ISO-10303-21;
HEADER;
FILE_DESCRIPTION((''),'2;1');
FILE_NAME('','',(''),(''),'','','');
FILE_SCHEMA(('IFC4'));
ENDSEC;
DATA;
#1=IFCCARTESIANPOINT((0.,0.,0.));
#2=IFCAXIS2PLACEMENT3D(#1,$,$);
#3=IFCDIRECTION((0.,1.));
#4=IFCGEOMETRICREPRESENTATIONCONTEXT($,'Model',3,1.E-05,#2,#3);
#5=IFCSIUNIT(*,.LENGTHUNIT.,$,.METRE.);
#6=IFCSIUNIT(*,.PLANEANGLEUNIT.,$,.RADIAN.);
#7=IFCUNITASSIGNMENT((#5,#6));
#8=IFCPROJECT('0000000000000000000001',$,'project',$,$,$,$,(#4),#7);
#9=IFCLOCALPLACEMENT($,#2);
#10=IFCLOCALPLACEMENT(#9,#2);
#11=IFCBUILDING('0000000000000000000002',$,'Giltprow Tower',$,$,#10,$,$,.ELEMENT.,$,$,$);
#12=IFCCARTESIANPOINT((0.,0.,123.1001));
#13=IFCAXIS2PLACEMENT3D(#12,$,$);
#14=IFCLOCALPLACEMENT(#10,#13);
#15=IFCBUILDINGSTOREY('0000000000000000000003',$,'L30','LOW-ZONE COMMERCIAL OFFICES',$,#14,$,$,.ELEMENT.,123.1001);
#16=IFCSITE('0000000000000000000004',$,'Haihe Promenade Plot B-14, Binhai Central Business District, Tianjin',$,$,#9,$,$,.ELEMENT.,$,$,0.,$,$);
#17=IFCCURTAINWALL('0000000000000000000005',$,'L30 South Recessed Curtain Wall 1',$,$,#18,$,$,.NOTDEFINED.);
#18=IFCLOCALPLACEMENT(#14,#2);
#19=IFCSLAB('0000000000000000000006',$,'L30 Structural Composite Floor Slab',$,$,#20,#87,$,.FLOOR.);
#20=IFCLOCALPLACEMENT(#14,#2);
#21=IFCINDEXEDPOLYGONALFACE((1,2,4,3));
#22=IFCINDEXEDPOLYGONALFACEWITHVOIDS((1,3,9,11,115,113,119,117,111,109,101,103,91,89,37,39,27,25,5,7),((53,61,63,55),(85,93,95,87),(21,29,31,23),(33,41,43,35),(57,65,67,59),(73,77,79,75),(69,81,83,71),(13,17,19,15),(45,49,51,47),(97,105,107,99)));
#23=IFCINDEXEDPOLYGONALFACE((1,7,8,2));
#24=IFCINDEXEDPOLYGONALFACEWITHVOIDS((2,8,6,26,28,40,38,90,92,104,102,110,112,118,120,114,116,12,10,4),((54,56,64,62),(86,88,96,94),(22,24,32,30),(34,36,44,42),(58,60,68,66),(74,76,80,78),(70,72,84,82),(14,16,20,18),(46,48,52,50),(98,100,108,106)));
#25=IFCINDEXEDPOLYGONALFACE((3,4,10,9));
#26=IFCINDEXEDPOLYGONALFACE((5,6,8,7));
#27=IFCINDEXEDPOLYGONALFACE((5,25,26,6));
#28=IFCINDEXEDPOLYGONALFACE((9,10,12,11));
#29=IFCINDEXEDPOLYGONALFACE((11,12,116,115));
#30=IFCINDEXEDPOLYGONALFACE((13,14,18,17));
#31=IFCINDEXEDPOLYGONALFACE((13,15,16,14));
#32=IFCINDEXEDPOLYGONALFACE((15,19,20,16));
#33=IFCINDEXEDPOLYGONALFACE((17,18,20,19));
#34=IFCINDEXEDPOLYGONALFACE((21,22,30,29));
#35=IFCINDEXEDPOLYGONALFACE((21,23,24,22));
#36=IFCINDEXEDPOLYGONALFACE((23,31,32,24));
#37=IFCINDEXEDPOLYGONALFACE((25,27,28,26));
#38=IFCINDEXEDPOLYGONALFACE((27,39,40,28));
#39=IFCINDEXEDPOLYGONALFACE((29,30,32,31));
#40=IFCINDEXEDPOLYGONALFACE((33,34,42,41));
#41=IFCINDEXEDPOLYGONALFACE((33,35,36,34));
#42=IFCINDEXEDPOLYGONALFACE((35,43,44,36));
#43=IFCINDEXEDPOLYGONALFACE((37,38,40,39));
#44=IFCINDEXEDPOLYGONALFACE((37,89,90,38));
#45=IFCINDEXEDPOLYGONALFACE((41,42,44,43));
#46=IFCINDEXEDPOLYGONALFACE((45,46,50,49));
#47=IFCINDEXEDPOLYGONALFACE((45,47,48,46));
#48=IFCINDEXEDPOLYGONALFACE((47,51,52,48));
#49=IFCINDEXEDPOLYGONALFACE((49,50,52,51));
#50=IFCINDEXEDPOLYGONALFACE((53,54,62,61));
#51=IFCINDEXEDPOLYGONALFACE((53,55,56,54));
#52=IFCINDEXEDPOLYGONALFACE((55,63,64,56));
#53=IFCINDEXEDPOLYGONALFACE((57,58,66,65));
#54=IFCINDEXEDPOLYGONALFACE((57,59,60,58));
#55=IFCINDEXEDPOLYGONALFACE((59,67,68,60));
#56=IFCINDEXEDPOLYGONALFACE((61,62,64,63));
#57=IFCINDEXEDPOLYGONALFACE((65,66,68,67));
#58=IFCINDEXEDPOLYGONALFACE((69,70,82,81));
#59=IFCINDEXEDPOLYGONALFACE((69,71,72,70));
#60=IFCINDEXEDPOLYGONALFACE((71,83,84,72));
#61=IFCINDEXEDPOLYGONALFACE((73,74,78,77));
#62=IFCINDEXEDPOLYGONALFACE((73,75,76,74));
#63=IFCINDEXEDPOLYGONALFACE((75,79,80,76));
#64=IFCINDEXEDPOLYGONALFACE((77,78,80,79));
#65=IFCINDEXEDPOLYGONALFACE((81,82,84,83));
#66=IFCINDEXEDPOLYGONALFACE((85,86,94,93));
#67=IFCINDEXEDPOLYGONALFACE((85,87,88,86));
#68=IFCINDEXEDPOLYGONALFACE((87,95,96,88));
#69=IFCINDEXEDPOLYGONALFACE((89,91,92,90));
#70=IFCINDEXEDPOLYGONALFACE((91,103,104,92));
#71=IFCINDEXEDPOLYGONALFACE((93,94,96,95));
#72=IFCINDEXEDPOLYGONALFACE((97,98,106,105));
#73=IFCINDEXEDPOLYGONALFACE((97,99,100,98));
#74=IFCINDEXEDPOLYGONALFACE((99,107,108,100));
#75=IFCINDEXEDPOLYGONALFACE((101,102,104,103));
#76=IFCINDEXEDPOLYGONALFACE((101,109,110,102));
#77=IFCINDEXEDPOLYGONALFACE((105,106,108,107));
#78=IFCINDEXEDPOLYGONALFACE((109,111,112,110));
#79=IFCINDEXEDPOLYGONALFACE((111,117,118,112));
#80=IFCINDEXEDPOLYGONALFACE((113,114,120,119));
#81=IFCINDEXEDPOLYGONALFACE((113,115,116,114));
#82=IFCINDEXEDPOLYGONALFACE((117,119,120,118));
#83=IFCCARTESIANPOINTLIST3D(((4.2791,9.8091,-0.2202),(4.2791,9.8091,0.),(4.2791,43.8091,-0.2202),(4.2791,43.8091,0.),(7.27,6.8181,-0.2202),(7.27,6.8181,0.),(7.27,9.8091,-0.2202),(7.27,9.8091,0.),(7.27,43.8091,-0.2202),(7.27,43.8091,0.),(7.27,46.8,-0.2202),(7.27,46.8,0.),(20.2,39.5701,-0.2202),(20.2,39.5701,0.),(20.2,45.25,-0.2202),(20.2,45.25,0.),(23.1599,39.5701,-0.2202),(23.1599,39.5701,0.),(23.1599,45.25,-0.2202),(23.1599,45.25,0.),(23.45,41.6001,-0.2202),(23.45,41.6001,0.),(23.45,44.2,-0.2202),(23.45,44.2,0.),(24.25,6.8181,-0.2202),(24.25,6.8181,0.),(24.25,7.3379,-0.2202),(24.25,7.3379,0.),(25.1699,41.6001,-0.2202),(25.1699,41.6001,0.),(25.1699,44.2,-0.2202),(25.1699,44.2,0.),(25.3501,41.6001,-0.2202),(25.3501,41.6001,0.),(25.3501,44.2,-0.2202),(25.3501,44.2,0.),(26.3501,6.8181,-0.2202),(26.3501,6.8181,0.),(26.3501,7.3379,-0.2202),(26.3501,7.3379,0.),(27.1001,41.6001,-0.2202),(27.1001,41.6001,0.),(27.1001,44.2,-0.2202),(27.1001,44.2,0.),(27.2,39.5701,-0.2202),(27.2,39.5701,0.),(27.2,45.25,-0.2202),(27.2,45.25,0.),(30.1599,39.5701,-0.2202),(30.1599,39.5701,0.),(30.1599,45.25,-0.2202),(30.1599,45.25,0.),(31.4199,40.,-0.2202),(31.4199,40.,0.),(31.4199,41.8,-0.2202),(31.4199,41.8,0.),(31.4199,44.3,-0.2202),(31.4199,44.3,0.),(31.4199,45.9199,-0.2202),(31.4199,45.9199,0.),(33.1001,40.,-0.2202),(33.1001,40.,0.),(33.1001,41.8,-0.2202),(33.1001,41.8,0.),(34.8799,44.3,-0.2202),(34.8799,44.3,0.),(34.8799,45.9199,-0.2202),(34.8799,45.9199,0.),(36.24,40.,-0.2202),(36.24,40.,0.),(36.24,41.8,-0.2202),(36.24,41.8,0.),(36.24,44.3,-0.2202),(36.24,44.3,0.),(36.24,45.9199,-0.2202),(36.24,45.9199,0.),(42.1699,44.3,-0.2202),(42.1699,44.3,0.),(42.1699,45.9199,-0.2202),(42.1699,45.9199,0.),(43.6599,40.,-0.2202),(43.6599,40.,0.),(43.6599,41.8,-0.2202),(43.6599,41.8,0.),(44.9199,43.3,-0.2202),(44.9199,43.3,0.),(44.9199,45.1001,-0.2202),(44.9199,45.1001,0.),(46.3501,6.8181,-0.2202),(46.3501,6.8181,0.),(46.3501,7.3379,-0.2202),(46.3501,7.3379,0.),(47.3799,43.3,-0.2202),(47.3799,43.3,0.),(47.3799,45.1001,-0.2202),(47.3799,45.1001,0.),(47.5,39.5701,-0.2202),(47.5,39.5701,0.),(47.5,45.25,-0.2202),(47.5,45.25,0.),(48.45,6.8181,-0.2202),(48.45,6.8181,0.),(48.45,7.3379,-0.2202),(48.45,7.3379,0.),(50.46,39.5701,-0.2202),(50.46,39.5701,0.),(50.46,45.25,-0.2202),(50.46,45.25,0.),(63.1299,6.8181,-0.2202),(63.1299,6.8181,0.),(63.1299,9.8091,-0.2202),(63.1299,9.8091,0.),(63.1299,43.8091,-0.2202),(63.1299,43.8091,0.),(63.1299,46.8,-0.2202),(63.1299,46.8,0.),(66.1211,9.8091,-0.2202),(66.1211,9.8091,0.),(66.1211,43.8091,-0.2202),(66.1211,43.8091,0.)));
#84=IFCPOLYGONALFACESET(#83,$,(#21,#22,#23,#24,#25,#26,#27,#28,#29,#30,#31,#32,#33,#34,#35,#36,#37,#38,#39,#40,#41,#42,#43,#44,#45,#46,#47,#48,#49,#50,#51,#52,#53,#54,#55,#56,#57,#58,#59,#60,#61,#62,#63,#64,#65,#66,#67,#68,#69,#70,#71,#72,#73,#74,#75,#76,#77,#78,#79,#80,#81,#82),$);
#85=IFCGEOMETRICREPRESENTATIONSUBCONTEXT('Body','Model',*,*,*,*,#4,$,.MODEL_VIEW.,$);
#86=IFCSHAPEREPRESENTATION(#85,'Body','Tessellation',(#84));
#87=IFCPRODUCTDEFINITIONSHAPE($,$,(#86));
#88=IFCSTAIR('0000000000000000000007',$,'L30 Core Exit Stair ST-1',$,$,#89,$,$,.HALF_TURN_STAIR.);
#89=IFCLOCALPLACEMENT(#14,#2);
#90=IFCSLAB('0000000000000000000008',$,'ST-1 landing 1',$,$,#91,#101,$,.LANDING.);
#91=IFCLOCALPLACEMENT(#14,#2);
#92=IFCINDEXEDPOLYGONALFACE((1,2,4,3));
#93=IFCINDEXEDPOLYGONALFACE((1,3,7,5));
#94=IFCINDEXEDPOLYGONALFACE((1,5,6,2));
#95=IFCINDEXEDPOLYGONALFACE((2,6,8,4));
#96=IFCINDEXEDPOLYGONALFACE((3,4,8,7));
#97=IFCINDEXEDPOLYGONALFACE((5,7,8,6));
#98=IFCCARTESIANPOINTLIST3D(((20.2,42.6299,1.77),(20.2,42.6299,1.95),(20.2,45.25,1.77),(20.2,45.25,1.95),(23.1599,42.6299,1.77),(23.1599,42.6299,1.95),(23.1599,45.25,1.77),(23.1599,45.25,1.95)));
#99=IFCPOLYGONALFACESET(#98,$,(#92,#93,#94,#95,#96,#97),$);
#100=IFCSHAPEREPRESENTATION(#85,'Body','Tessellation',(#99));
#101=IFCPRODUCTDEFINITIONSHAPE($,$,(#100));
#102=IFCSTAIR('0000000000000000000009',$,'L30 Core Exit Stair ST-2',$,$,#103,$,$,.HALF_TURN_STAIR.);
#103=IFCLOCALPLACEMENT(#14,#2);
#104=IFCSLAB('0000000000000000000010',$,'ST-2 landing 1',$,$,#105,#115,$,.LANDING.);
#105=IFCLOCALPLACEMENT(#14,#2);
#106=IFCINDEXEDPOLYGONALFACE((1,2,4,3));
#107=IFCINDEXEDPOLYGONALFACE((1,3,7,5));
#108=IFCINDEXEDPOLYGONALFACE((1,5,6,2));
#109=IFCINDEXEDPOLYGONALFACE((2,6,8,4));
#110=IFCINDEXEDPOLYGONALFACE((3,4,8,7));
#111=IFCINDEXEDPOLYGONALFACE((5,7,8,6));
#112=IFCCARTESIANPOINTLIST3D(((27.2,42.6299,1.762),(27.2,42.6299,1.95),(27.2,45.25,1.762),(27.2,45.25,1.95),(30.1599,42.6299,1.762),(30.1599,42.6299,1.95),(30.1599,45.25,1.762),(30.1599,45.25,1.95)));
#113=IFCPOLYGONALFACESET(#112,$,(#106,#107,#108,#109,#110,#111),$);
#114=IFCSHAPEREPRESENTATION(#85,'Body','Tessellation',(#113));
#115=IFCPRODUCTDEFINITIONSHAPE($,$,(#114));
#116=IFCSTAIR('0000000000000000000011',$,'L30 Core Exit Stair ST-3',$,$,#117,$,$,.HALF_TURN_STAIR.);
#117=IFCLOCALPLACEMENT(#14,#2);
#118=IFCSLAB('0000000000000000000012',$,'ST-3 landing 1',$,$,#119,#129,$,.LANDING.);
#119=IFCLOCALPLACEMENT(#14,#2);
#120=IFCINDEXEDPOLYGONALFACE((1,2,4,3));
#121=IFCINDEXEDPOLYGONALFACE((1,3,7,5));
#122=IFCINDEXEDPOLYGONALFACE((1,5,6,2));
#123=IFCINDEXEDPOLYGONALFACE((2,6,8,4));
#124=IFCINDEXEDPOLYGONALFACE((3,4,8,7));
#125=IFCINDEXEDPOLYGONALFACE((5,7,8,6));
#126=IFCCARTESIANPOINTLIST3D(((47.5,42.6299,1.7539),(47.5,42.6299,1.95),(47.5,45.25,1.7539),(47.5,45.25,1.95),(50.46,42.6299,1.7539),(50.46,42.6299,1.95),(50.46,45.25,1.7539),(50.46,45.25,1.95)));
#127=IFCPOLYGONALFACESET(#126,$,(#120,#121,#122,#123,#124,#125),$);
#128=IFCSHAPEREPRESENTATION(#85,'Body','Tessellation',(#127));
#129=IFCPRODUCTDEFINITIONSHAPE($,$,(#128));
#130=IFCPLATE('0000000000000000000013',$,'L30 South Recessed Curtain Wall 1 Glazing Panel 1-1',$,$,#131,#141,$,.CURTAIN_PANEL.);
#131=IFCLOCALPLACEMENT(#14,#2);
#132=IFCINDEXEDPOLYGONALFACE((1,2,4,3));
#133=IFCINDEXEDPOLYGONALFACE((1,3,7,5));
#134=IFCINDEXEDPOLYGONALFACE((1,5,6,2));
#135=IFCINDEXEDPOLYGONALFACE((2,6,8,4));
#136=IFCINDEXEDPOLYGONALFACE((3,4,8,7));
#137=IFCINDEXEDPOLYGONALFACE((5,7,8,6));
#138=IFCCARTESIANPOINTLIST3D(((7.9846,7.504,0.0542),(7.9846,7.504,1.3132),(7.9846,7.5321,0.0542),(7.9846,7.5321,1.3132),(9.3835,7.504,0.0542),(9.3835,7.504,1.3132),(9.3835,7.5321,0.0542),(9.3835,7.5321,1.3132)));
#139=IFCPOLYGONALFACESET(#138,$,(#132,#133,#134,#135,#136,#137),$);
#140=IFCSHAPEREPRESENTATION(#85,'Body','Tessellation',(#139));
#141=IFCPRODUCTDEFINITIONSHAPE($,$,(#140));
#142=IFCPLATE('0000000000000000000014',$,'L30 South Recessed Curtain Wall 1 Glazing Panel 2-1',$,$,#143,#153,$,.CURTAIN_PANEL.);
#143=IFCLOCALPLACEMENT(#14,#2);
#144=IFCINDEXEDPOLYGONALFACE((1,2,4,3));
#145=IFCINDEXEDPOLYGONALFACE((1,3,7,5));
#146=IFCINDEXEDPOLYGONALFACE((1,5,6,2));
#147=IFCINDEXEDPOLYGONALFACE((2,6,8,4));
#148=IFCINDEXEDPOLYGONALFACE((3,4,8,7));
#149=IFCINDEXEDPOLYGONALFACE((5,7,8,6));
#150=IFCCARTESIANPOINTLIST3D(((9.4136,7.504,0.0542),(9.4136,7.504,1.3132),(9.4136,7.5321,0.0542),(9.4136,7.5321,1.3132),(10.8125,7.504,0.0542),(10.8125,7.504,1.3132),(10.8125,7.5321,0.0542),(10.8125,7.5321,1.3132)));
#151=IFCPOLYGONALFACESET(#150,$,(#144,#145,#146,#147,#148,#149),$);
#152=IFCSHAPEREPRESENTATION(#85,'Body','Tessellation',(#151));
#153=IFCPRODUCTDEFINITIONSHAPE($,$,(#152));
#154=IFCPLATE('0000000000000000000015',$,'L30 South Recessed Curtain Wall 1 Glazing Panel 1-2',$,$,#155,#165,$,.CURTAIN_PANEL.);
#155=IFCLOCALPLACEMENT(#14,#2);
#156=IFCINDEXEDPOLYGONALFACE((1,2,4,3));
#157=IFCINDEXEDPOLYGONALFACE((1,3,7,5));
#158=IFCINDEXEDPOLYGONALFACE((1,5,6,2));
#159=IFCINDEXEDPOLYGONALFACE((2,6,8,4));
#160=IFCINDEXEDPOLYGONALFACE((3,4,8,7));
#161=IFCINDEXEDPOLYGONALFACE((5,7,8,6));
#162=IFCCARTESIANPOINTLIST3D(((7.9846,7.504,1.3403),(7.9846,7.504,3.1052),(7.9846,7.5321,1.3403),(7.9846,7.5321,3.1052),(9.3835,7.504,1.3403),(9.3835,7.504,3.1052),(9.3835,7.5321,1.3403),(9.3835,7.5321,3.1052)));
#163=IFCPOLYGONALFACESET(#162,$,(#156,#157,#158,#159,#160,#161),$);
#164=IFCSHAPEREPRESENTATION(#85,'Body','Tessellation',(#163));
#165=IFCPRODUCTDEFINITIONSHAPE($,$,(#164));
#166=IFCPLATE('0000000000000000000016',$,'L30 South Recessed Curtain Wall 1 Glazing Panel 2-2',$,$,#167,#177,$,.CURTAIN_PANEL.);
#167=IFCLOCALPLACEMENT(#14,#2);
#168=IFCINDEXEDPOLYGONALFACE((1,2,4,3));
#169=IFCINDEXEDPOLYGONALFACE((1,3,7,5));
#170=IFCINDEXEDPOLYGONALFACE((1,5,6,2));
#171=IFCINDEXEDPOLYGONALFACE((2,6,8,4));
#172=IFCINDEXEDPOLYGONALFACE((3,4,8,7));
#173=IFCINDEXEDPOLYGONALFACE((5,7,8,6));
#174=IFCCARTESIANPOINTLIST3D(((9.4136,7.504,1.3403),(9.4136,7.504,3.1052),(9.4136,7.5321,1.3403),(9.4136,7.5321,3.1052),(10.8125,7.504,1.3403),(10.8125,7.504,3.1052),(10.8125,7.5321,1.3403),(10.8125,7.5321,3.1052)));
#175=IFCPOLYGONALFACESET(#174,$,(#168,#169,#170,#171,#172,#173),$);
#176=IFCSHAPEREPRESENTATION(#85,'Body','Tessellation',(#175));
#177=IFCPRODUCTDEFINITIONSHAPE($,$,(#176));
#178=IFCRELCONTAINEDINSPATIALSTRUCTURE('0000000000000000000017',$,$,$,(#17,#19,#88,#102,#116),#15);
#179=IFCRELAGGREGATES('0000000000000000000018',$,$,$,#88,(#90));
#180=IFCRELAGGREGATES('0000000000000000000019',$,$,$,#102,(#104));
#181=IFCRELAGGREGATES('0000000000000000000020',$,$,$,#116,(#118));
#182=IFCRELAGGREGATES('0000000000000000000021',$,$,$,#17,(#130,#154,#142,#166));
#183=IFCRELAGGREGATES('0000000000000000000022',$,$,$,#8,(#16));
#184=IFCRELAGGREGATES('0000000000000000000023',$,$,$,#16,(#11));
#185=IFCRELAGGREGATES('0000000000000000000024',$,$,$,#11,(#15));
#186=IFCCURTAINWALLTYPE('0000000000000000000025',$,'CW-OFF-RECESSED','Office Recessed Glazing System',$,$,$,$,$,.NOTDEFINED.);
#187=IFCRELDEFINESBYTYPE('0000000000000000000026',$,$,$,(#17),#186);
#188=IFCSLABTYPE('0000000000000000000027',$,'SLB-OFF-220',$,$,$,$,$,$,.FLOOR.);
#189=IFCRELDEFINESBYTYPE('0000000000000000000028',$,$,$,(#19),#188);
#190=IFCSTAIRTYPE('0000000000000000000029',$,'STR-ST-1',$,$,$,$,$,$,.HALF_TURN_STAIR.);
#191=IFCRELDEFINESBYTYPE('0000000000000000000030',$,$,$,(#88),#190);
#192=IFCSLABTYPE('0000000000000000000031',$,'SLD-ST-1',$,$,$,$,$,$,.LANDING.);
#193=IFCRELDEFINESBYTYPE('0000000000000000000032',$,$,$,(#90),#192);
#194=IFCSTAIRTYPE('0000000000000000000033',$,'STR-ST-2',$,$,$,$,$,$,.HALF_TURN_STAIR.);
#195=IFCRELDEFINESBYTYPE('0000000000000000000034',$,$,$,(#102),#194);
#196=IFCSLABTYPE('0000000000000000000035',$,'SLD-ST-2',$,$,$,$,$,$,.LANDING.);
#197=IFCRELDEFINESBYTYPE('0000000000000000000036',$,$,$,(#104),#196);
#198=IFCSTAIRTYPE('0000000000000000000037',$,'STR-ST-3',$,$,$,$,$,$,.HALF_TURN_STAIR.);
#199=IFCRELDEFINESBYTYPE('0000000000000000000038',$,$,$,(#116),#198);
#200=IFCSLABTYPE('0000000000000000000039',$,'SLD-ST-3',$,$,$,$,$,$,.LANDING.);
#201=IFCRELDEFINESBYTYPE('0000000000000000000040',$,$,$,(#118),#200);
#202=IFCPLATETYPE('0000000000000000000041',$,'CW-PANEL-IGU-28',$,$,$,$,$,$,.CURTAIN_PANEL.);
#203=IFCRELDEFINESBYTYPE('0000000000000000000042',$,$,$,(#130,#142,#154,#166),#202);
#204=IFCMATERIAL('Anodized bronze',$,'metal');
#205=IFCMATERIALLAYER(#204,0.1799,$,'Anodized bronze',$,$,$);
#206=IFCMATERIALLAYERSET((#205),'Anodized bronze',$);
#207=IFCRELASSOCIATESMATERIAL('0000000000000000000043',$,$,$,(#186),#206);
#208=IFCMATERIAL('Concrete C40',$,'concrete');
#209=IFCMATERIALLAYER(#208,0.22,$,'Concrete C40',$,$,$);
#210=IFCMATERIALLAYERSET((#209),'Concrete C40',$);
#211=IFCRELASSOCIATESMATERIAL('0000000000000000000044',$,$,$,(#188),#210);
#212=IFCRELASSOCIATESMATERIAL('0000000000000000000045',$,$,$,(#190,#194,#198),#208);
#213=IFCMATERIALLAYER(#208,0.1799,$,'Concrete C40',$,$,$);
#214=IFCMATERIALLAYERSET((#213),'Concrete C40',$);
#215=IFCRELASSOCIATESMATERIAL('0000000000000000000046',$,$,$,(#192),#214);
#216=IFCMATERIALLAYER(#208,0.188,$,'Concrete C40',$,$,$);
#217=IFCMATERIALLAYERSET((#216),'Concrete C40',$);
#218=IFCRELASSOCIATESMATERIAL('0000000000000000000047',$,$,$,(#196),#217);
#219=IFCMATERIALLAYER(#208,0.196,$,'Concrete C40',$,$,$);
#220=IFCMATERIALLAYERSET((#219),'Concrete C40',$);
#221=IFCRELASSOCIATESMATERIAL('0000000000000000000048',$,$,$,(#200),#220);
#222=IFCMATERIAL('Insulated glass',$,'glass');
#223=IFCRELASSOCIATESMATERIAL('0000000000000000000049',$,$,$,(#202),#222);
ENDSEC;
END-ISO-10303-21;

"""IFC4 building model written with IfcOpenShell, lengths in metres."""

from ifc_helpers import new_model, si_unit, direction, frame, origin, origin_2d, place, context, subcontext, project, spatial, polyline, rectangle, outline, extrude, source, transform, mapped, material, layer, layer_set, type_object, element, aggregate, save


model = new_model("IFC4")

# Units and contexts
model_context = context("Model", 3, precision=1e-05, world=origin(), true_north=direction((0.0, 1.0)))
body_context = subcontext(model_context, "Body", "Model", "MODEL_VIEW")
ifc_project = project(units=[si_unit("LENGTHUNIT", "METRE"), si_unit("PLANEANGLEUNIT", "RADIAN")], contexts=[model_context])

# Site, building, storey
site_placement = place(None, origin())
site = spatial("IfcSite", under=ifc_project, at=site_placement, Name="Haihe Promenade Plot B-14, Binhai Central Business District, Tianjin", CompositionType="ELEMENT", RefElevation=0.0)
building_placement = place(site_placement, origin())
building = spatial("IfcBuilding", under=site, at=building_placement, Name="Giltprow Tower", CompositionType="ELEMENT")
storey_placement = place(building_placement, frame((0.0, 0.0, 123.1001)))
storey = spatial("IfcBuildingStorey", under=building, at=storey_placement, Name="L30", Description="LOW-ZONE COMMERCIAL OFFICES", CompositionType="ELEMENT", Elevation=123.1001)

# Curtain wall
ifc_material_1 = material(Name="Anodized bronze", Category="metal")
ifc_layer_1 = layer(ifc_material_1, 0.1799, Name="Anodized bronze")
ifc_layer_set_1 = layer_set([ifc_layer_1], Name="Anodized bronze")
curtain_wall_type = type_object("IfcCurtainWallType", Name="CW-OFF-RECESSED", Description="Office Recessed Glazing System", PredefinedType="NOTDEFINED", material=ifc_layer_set_1)
curtain_wall_placement = place(storey_placement, origin())
curtain_wall = element("IfcCurtainWall", 1, at=curtain_wall_placement, inside=storey, type_object=curtain_wall_type, Name="L30 South Recessed Curtain Wall 1", PredefinedType="NOTDEFINED")

# Slab
ifc_material_2 = material(Name="Concrete C40", Category="concrete")
ifc_layer_2 = layer(ifc_material_2, 0.22, Name="Concrete C40")
ifc_layer_set_2 = layer_set([ifc_layer_2], Name="Concrete C40")
slab_type_1 = type_object("IfcSlabType", Name="SLB-OFF-220", PredefinedType="FLOOR", material=ifc_layer_set_2)
slab_1_placement = place(storey_placement, frame((0.0, 0.0, -0.2202)))
element("IfcSlab", 2, at=slab_1_placement, inside=storey, type_object=slab_type_1, Name="L30 Structural Composite Floor Slab", PredefinedType="FLOOR", context=body_context, shape_type="SweptSolid", body=[
    extrude(outline(polyline([(7.27, 6.8181), (7.27, 9.8091), (4.2791, 9.8091), (4.2791, 43.8091), (7.27, 43.8091), (7.27, 46.8), (63.1299, 46.8), (63.1299, 43.8091), (66.1211, 43.8091), (66.1211, 9.8091), (63.1299, 9.8091), (63.1299, 6.8181), (48.45, 6.8181), (48.45, 7.3379), (46.3501, 7.3379), (46.3501, 6.8181), (26.3501, 6.8181), (26.3501, 7.3379), (24.25, 7.3379), (24.25, 6.8181), (7.27, 6.8181)]), holes=[polyline([(33.1001, 41.8), (31.4199, 41.8), (31.4199, 40.0), (33.1001, 40.0), (33.1001, 41.8)]), polyline([(23.1599, 39.5701), (23.1599, 45.25), (20.2, 45.25), (20.2, 39.5701), (23.1599, 39.5701)]), polyline([(30.1599, 45.25), (27.2, 45.25), (27.2, 39.5701), (30.1599, 39.5701), (30.1599, 45.25)]), polyline([(25.1699, 41.6001), (25.1699, 44.2), (23.45, 44.2), (23.45, 41.6001), (25.1699, 41.6001)]), polyline([(27.1001, 41.6001), (27.1001, 44.2), (25.3501, 44.2), (25.3501, 41.6001), (27.1001, 41.6001)]), polyline([(43.6599, 40.0), (43.6599, 41.8), (36.24, 41.8), (36.24, 40.0), (43.6599, 40.0)]), polyline([(50.46, 39.5701), (50.46, 45.25), (47.5, 45.25), (47.5, 39.5701), (50.46, 39.5701)]), polyline([(47.3799, 45.1001), (44.9199, 45.1001), (44.9199, 43.3), (47.3799, 43.3), (47.3799, 45.1001)]), polyline([(34.8799, 44.3), (34.8799, 45.9199), (31.4199, 45.9199), (31.4199, 44.3), (34.8799, 44.3)]), polyline([(42.1699, 44.3), (42.1699, 45.9199), (36.24, 45.9199), (36.24, 44.3), (42.1699, 44.3)])]), origin(), (0.0, 0.0, 1.0), 0.2202),
])

# Stairs, slabs
stair_type_1 = type_object("IfcStairType", Name="STR-ST-1", PredefinedType="HALF_TURN_STAIR", material=ifc_material_2)
stair_1_placement = place(storey_placement, origin())
stair_1 = element("IfcStair", 3, at=stair_1_placement, inside=storey, type_object=stair_type_1, Name="L30 Core Exit Stair ST-1", PredefinedType="HALF_TURN_STAIR")
ifc_layer_3 = layer(ifc_material_2, 0.1799, Name="Concrete C40")
ifc_layer_set_3 = layer_set([ifc_layer_3], Name="Concrete C40")
slab_type_2 = type_object("IfcSlabType", Name="SLD-ST-1", PredefinedType="LANDING", material=ifc_layer_set_3)
slab_2_placement = place(storey_placement, frame((0.0, 0.0, 1.77)))
slab_2 = element("IfcSlab", 4, at=slab_2_placement, type_object=slab_type_2, Name="ST-1 landing 1", PredefinedType="LANDING", context=body_context, shape_type="SweptSolid", body=[
    extrude(outline(polyline([(23.1599, 42.6299), (23.1599, 45.25), (20.2, 45.25), (20.2, 42.6299), (23.1599, 42.6299)])), origin(), (0.0, 0.0, 1.0), 0.1799),
])
aggregate(stair_1, [slab_2])
stair_type_2 = type_object("IfcStairType", Name="STR-ST-2", PredefinedType="HALF_TURN_STAIR", material=ifc_material_2)
stair_2_placement = place(storey_placement, origin())
stair_2 = element("IfcStair", 5, at=stair_2_placement, inside=storey, type_object=stair_type_2, Name="L30 Core Exit Stair ST-2", PredefinedType="HALF_TURN_STAIR")
ifc_layer_4 = layer(ifc_material_2, 0.188, Name="Concrete C40")
ifc_layer_set_4 = layer_set([ifc_layer_4], Name="Concrete C40")
slab_type_3 = type_object("IfcSlabType", Name="SLD-ST-2", PredefinedType="LANDING", material=ifc_layer_set_4)
slab_3_placement = place(storey_placement, frame((0.0, 0.0, 1.762)))
slab_3 = element("IfcSlab", 6, at=slab_3_placement, type_object=slab_type_3, Name="ST-2 landing 1", PredefinedType="LANDING", context=body_context, shape_type="SweptSolid", body=[
    extrude(outline(polyline([(30.1599, 42.6299), (30.1599, 45.25), (27.2, 45.25), (27.2, 42.6299), (30.1599, 42.6299)])), origin(), (0.0, 0.0, 1.0), 0.188),
])
aggregate(stair_2, [slab_3])
stair_type_3 = type_object("IfcStairType", Name="STR-ST-3", PredefinedType="HALF_TURN_STAIR", material=ifc_material_2)
stair_3_placement = place(storey_placement, origin())
stair_3 = element("IfcStair", 7, at=stair_3_placement, inside=storey, type_object=stair_type_3, Name="L30 Core Exit Stair ST-3", PredefinedType="HALF_TURN_STAIR")
ifc_layer_5 = layer(ifc_material_2, 0.196, Name="Concrete C40")
ifc_layer_set_5 = layer_set([ifc_layer_5], Name="Concrete C40")
slab_type_4 = type_object("IfcSlabType", Name="SLD-ST-3", PredefinedType="LANDING", material=ifc_layer_set_5)
slab_4_placement = place(storey_placement, frame((0.0, 0.0, 1.7539)))
slab_4 = element("IfcSlab", 8, at=slab_4_placement, type_object=slab_type_4, Name="ST-3 landing 1", PredefinedType="LANDING", context=body_context, shape_type="SweptSolid", body=[
    extrude(outline(polyline([(50.46, 42.6299), (50.46, 45.25), (47.5, 45.25), (47.5, 42.6299), (50.46, 42.6299)])), origin(), (0.0, 0.0, 1.0), 0.196),
])
aggregate(stair_3, [slab_4])

# Plates
ifc_material_3 = material(Name="Insulated glass", Category="glass")
plate_type = type_object("IfcPlateType", Name="CW-PANEL-IGU-28", PredefinedType="CURTAIN_PANEL", material=ifc_material_3)
shared_shape_1 = source(origin(), body_context, "Body", "SweptSolid", [
    extrude(rectangle(XDim=1.3989, YDim=0.0281, at=origin_2d()), origin(), (0.0, 0.0, 1.0), 1.259),
])
plate_1_placement = place(storey_placement, frame((8.6841, 7.5181, 0.0542), z_axis=(0.0, 0.0, 1.0), x_axis=(1.0, 0.0, 0.0)))
plate_1 = element("IfcPlate", 9, at=plate_1_placement, type_object=plate_type, Name="L30 South Recessed Curtain Wall 1 Glazing Panel 1-1", PredefinedType="CURTAIN_PANEL", context=body_context, shape_type="MappedRepresentation", body=[
    mapped(shared_shape_1, transform((0.0, 0.0, 0.0), x_axis=(1.0, 0.0, 0.0), y_axis=(0.0, 1.0, 0.0), z_axis=(0.0, 0.0, 1.0), scale=1.0)),
])
plate_2_placement = place(storey_placement, frame((10.113, 7.5181, 0.0542), z_axis=(0.0, 0.0, 1.0), x_axis=(1.0, 0.0, 0.0)))
plate_2 = element("IfcPlate", 10, at=plate_2_placement, type_object=plate_type, Name="L30 South Recessed Curtain Wall 1 Glazing Panel 2-1", PredefinedType="CURTAIN_PANEL", context=body_context, shape_type="MappedRepresentation", body=[
    mapped(shared_shape_1, transform((0.0, 0.0, 0.0), x_axis=(1.0, 0.0, 0.0), y_axis=(0.0, 1.0, 0.0), z_axis=(0.0, 0.0, 1.0), scale=1.0)),
])
shared_shape_2 = source(origin(), body_context, "Body", "SweptSolid", [
    extrude(rectangle(XDim=1.3989, YDim=0.0281, at=origin_2d()), origin(), (0.0, 0.0, 1.0), 1.7649),
])
plate_3_placement = place(storey_placement, frame((8.6841, 7.5181, 1.3403), z_axis=(0.0, 0.0, 1.0), x_axis=(1.0, 0.0, 0.0)))
plate_3 = element("IfcPlate", 11, at=plate_3_placement, type_object=plate_type, Name="L30 South Recessed Curtain Wall 1 Glazing Panel 1-2", PredefinedType="CURTAIN_PANEL", context=body_context, shape_type="MappedRepresentation", body=[
    mapped(shared_shape_2, transform((0.0, 0.0, 0.0), x_axis=(1.0, 0.0, 0.0), y_axis=(0.0, 1.0, 0.0), z_axis=(0.0, 0.0, 1.0), scale=1.0)),
])
plate_4_placement = place(storey_placement, frame((10.113, 7.5181, 1.3403), z_axis=(0.0, 0.0, 1.0), x_axis=(1.0, 0.0, 0.0)))
plate_4 = element("IfcPlate", 12, at=plate_4_placement, type_object=plate_type, Name="L30 South Recessed Curtain Wall 1 Glazing Panel 2-2", PredefinedType="CURTAIN_PANEL", context=body_context, shape_type="MappedRepresentation", body=[
    mapped(shared_shape_2, transform((0.0, 0.0, 0.0), x_axis=(1.0, 0.0, 0.0), y_axis=(0.0, 1.0, 0.0), z_axis=(0.0, 0.0, 1.0), scale=1.0)),
])
aggregate(curtain_wall, [plate_1, plate_3, plate_2, plate_4])

save(model, "model.ifc")
